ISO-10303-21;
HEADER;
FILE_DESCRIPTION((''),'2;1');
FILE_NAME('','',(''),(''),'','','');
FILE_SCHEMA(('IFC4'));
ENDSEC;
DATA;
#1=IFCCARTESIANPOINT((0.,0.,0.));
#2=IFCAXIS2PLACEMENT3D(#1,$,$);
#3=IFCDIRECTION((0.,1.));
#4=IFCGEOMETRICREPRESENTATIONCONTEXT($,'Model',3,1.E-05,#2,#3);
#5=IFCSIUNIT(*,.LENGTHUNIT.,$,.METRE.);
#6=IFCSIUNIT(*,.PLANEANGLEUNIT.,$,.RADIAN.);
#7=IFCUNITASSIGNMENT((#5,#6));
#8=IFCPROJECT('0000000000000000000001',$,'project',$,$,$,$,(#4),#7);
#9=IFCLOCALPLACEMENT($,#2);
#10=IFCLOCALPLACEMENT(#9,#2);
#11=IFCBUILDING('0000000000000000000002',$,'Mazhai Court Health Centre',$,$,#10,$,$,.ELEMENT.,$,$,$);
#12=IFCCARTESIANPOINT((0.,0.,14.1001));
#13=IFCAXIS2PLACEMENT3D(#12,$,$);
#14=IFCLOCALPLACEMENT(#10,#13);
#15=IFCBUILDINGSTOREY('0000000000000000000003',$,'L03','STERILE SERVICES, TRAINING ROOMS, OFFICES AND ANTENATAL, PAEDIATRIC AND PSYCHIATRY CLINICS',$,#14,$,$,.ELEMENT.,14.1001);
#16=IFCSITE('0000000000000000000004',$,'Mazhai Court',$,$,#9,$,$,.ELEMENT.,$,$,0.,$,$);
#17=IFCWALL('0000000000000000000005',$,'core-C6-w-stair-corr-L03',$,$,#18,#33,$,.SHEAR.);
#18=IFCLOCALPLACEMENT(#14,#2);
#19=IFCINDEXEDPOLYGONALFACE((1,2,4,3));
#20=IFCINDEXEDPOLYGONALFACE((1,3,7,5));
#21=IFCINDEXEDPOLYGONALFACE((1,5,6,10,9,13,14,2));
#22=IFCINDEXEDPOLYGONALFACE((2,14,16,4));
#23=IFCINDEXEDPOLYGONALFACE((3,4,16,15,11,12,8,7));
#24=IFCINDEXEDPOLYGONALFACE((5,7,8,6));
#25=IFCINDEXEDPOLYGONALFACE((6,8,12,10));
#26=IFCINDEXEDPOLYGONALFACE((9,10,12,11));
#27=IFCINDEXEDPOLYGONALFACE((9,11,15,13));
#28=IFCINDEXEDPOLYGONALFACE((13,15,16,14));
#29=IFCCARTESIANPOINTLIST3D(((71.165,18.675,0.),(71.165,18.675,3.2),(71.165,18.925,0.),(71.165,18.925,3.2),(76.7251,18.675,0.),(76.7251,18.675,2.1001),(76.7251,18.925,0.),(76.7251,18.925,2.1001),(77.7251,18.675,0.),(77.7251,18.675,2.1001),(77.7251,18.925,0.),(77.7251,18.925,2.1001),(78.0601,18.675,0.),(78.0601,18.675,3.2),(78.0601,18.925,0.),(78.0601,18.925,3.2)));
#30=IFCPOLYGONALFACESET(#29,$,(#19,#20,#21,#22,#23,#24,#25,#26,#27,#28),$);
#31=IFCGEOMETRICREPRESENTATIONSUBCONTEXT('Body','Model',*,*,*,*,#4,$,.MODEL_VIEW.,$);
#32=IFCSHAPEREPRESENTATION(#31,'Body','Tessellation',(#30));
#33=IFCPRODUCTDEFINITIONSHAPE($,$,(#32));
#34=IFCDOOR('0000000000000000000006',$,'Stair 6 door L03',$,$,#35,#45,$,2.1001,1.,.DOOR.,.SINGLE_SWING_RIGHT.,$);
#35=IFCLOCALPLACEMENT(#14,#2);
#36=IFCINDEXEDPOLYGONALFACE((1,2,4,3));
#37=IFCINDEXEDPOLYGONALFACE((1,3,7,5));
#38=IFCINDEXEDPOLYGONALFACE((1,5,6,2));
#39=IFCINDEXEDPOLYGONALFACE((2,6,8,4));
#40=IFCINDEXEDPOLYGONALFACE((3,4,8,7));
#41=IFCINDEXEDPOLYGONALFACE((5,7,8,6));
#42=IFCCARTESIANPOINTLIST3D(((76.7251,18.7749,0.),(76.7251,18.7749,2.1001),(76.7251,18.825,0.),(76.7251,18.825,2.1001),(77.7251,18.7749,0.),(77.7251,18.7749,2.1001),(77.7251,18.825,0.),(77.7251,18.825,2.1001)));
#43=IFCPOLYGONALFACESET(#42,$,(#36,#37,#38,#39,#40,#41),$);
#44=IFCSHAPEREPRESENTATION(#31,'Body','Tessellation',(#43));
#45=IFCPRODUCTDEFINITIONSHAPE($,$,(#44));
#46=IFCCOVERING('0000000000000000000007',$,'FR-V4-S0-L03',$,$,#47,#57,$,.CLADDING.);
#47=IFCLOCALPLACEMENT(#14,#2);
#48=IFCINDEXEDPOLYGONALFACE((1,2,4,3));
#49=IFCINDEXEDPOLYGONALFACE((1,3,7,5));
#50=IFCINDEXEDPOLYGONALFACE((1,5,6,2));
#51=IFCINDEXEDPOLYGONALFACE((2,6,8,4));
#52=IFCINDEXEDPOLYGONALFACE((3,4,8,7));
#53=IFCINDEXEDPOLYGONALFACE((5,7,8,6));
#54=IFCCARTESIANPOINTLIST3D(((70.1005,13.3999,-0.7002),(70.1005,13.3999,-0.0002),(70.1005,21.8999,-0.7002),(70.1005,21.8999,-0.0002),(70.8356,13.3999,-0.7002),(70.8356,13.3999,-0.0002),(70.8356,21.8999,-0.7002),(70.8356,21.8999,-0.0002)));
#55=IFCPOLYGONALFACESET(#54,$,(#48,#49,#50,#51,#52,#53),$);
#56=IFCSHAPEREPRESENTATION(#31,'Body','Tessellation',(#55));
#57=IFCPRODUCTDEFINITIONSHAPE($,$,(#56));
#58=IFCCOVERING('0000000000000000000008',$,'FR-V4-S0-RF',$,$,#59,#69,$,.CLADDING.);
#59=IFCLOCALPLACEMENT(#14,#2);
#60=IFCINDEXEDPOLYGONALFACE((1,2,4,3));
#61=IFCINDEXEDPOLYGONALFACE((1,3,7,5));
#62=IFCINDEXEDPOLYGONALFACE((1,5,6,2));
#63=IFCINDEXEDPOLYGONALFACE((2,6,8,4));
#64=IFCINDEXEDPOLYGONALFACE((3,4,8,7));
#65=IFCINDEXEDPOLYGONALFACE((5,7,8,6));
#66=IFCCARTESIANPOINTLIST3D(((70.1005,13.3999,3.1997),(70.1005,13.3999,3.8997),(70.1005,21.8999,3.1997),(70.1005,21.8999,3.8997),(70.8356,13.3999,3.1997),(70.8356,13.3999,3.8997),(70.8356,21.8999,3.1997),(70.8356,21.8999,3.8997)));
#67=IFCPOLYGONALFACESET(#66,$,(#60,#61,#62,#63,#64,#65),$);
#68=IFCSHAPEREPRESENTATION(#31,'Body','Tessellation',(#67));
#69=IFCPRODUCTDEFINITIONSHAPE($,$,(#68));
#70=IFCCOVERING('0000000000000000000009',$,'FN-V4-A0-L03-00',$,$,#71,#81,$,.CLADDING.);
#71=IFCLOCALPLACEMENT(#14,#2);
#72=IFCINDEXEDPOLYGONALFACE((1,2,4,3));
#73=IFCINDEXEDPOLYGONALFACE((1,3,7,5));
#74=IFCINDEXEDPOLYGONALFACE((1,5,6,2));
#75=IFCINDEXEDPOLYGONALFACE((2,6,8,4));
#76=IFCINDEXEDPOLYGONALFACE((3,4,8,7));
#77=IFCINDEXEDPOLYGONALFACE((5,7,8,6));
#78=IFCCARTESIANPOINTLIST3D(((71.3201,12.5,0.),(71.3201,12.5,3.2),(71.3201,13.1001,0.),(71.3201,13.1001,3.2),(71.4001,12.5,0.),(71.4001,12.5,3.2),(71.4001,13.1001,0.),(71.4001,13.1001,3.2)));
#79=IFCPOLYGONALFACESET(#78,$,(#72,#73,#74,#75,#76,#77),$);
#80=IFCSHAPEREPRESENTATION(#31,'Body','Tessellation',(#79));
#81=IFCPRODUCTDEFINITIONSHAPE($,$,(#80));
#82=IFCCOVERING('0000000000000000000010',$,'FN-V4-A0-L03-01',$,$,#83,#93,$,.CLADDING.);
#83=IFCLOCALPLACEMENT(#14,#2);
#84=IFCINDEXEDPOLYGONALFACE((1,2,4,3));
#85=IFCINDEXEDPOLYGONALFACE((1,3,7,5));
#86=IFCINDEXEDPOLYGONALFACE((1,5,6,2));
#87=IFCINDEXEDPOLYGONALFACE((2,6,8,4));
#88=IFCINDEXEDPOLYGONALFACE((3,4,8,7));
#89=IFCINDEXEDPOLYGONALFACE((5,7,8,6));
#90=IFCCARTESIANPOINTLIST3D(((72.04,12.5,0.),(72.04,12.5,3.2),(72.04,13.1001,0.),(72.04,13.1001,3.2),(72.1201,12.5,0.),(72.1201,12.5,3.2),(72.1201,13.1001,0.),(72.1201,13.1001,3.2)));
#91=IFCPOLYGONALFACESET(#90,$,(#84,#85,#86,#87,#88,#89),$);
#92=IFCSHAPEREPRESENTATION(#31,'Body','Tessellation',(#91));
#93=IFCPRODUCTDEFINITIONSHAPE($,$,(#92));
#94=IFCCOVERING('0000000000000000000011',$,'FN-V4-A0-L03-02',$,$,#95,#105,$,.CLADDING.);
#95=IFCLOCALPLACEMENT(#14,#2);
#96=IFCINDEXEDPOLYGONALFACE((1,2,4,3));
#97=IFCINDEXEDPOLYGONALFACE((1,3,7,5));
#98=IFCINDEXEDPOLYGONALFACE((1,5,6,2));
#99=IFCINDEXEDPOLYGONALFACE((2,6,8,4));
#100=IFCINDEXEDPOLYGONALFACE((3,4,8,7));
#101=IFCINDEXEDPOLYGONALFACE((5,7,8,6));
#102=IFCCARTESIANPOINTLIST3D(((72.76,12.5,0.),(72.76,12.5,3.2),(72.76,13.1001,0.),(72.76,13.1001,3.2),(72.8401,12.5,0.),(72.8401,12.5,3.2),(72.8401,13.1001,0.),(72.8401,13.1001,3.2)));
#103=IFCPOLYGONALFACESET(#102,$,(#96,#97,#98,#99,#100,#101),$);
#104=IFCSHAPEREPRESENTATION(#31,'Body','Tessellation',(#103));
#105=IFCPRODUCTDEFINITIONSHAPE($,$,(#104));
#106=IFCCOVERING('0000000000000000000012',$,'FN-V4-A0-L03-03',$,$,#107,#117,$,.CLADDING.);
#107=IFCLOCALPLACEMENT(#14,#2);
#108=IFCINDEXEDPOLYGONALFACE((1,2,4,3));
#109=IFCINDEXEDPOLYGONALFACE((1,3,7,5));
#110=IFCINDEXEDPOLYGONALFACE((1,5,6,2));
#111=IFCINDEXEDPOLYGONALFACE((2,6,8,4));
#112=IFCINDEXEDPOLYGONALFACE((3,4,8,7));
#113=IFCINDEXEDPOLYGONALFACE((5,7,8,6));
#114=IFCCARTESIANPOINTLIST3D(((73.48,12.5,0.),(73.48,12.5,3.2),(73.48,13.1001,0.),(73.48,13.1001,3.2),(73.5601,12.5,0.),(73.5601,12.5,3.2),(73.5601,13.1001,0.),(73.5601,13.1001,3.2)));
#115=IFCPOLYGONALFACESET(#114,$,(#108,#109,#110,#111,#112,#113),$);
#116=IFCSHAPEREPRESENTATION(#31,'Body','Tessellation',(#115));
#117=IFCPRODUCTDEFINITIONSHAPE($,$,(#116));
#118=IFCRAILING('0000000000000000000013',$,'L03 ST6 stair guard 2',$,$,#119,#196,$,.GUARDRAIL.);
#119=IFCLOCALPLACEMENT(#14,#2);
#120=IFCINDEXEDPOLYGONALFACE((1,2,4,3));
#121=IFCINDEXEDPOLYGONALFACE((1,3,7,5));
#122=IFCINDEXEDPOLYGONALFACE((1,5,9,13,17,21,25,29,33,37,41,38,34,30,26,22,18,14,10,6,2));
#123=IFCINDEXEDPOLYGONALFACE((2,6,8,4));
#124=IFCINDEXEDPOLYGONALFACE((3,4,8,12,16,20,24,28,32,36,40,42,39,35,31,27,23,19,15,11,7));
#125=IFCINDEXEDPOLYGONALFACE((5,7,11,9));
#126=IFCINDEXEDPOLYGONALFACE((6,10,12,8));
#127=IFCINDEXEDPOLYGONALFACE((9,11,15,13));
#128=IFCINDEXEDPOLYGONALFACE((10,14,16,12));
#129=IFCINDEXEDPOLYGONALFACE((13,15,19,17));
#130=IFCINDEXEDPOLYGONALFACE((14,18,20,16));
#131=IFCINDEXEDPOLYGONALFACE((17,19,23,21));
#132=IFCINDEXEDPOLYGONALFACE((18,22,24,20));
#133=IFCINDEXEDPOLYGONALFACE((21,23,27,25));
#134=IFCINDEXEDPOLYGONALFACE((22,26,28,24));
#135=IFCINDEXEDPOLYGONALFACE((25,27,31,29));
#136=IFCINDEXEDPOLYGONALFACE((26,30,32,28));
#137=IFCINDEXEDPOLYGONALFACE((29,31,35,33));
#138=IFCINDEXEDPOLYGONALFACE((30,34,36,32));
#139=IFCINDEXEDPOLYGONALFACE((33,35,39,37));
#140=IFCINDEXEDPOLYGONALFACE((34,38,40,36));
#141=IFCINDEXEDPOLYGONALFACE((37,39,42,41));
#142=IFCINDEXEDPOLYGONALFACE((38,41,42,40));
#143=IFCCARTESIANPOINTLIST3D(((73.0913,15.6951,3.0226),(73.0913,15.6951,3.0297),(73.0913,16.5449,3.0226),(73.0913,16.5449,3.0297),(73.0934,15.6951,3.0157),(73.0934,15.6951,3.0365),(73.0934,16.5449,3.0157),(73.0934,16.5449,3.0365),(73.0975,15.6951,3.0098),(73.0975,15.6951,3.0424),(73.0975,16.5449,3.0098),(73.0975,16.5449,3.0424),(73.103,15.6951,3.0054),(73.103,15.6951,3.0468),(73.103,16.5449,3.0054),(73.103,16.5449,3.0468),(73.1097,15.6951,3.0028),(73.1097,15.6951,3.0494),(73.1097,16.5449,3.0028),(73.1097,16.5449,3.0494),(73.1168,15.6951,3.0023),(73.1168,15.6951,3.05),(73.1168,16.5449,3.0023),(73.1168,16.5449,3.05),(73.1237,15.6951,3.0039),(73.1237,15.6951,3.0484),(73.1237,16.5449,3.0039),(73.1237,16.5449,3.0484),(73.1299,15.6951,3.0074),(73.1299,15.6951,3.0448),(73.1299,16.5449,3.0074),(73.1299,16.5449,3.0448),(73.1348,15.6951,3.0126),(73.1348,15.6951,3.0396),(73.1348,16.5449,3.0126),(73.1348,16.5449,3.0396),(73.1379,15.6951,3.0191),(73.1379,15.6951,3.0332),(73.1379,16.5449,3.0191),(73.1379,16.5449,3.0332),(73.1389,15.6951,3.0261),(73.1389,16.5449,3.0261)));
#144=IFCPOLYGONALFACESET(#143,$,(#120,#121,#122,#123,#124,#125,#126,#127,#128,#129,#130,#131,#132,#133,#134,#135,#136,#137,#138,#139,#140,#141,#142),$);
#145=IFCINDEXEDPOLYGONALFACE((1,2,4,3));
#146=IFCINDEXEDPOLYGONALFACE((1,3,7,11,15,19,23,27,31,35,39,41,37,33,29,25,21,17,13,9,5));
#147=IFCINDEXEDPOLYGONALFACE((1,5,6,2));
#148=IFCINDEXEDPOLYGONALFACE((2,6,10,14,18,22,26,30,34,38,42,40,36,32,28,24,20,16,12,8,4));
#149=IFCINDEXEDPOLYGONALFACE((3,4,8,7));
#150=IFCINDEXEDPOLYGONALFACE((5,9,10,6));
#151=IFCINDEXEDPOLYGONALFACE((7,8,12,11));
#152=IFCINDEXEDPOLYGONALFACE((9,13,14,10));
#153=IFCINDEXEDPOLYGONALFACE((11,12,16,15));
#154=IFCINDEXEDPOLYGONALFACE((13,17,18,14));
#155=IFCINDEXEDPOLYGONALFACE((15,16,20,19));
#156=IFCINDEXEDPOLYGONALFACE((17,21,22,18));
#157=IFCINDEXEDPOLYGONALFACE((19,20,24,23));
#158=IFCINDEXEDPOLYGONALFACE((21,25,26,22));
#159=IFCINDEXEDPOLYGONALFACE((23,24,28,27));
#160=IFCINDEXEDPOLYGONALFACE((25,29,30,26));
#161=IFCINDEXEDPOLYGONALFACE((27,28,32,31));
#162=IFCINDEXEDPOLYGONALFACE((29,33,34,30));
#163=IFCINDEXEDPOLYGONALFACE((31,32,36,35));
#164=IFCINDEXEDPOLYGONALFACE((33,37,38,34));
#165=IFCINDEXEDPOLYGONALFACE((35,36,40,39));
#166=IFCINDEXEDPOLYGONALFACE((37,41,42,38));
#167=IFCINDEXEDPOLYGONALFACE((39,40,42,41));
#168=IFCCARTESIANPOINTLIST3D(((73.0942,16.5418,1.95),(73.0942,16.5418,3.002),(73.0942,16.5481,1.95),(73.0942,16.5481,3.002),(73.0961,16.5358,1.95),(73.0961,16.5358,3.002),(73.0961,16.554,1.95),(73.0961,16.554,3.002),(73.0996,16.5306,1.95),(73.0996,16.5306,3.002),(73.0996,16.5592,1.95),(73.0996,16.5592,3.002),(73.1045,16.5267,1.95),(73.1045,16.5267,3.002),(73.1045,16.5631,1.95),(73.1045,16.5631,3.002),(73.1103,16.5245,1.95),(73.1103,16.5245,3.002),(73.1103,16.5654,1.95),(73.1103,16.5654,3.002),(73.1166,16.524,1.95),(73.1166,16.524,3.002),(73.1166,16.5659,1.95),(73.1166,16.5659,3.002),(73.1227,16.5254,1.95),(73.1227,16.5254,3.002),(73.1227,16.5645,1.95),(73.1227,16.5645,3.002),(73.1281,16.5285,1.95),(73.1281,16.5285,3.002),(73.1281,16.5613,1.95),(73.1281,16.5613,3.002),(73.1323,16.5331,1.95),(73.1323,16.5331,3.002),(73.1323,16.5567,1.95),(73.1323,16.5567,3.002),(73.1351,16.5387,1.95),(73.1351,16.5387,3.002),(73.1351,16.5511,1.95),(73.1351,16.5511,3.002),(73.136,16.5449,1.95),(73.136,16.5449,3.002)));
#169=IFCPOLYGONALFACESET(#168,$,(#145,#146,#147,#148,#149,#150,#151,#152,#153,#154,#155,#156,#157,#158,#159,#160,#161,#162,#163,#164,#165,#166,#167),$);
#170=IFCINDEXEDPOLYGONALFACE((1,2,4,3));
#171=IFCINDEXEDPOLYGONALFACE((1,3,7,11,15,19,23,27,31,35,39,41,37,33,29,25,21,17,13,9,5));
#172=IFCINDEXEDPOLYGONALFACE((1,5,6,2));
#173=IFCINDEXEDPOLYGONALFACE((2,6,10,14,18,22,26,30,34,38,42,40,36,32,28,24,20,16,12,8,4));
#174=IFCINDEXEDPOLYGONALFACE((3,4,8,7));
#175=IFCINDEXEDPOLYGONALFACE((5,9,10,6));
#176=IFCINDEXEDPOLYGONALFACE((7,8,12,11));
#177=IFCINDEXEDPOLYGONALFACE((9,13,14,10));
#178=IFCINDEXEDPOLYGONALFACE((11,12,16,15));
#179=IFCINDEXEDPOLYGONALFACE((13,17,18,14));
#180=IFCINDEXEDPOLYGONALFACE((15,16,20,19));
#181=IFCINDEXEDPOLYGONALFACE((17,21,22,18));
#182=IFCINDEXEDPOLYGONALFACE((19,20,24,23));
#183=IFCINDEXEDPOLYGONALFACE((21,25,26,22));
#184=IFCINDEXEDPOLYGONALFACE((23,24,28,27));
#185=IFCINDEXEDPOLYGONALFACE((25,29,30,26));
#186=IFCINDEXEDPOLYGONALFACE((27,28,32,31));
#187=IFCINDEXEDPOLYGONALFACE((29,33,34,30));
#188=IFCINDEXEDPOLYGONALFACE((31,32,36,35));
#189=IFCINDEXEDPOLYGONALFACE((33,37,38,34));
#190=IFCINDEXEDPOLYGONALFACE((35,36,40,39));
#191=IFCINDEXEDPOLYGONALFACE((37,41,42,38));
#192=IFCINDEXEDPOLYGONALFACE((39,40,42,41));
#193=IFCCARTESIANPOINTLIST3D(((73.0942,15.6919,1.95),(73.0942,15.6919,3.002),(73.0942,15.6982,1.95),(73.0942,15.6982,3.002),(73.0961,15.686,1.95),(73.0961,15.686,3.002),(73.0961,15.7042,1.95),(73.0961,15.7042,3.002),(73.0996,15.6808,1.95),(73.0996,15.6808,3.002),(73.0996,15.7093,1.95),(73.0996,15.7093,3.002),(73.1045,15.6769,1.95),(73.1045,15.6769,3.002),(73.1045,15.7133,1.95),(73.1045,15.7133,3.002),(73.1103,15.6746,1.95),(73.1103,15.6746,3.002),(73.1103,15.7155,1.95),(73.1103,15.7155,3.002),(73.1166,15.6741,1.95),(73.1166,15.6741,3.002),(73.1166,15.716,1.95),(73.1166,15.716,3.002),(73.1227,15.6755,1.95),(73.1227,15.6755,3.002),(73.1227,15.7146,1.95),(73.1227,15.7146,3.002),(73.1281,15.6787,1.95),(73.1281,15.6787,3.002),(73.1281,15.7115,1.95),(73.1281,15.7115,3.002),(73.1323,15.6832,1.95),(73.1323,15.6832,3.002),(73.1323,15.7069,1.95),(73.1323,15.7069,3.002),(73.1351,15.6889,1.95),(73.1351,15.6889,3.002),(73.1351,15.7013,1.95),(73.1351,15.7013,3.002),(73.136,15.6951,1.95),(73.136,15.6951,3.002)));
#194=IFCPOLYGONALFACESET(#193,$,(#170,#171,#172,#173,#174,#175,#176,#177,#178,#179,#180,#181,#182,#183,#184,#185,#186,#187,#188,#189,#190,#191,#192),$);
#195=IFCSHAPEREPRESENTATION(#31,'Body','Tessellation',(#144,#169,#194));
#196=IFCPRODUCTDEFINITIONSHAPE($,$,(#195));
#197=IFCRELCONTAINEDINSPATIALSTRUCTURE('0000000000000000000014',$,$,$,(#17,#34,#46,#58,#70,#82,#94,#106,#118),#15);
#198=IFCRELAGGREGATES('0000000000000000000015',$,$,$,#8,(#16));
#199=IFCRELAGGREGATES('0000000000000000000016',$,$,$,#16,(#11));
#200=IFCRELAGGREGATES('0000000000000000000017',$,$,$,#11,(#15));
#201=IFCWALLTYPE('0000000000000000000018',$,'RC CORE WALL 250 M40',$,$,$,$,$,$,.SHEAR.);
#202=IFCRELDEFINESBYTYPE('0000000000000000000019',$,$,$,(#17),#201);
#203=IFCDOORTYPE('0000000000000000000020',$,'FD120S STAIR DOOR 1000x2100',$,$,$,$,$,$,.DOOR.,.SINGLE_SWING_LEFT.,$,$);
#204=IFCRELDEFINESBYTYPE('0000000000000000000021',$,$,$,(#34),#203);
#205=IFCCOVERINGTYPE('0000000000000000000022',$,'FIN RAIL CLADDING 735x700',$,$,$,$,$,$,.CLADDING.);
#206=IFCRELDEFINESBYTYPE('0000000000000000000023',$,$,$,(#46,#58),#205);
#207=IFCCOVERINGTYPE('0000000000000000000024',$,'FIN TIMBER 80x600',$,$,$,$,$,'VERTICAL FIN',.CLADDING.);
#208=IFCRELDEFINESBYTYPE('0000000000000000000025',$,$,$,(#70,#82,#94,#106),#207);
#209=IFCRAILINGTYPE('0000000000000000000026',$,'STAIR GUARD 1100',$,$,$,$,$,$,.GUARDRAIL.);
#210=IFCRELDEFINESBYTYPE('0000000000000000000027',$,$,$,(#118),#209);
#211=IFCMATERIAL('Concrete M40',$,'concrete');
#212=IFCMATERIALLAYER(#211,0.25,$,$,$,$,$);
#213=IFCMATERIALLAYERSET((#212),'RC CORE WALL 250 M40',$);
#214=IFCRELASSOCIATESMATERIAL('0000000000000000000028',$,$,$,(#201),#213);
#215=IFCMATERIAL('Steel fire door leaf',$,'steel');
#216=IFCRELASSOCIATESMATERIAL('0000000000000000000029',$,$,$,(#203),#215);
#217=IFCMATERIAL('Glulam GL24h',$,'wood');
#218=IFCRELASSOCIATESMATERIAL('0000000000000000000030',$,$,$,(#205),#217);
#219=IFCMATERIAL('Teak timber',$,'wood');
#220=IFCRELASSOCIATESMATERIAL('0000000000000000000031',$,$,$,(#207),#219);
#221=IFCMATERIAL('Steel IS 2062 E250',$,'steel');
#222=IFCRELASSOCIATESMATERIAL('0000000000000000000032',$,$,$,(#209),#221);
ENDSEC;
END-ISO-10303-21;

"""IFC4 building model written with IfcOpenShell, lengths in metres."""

from ifc_helpers import new_model, si_unit, direction, frame, frame_2d, origin, origin_2d, place, context, subcontext, project, spatial, rectangle, circle, extrude, material, layer, layer_set, type_object, element, fill, save


model = new_model("IFC4")

# Units and contexts
model_context = context("Model", 3, precision=1e-05, world=origin(), true_north=direction((0.0, 1.0)))
body_context = subcontext(model_context, "Body", "Model", "MODEL_VIEW")
ifc_project = project(units=[si_unit("LENGTHUNIT", "METRE"), si_unit("PLANEANGLEUNIT", "RADIAN")], contexts=[model_context])

# Site, building, storey
site_placement = place(None, origin())
site = spatial("IfcSite", under=ifc_project, at=site_placement, Name="Mazhai Court", CompositionType="ELEMENT", RefElevation=0.0)
building_placement = place(site_placement, origin())
building = spatial("IfcBuilding", under=site, at=building_placement, Name="Mazhai Court Health Centre", CompositionType="ELEMENT")
storey_placement = place(building_placement, frame((0.0, 0.0, 14.1001)))
storey = spatial("IfcBuildingStorey", under=building, at=storey_placement, Name="L03", Description="STERILE SERVICES, TRAINING ROOMS, OFFICES AND ANTENATAL, PAEDIATRIC AND PSYCHIATRY CLINICS", CompositionType="ELEMENT", Elevation=14.1001)

# Wall, opening, door
ifc_material_1 = material(Name="Concrete M40", Category="concrete")
ifc_layer_1 = layer(ifc_material_1, 0.25)
ifc_layer_set_1 = layer_set([ifc_layer_1], Name="RC CORE WALL 250 M40")
wall_type_1 = type_object("IfcWallType", Name="RC CORE WALL 250 M40", PredefinedType="SHEAR", material=ifc_layer_set_1)
wall_1_placement = place(storey_placement, frame((71.165, 18.8, 0.0), z_axis=(0.0, 0.0, 1.0), x_axis=(1.0, 0.0, 0.0)))
wall_1 = element("IfcWall", 1, at=wall_1_placement, inside=storey, type_object=wall_type_1, Name="core-C6-w-stair-corr-L03", PredefinedType="SHEAR", context=body_context, shape_type="SweptSolid", body=[
    extrude(rectangle(XDim=6.895, YDim=0.25, at=frame_2d((3.4475, 0.0))), origin(), (0.0, 0.0, 1.0), 3.2),
])
opening_placement = place(wall_1_placement, frame((5.5601, 0.0, 0.0)))
opening = element("IfcOpeningElement", 2, at=opening_placement, cuts=wall_1, PredefinedType="OPENING", context=body_context, shape_type="SweptSolid", body=[
    extrude(rectangle(XDim=1.0, YDim=2.1001, at=frame_2d((0.5, 1.05))), frame((0.0, 0.135, 0.0), z_axis=(0.0, -1.0, 0.0), x_axis=(1.0, 0.0, 0.0)), (0.0, 0.0, 1.0), 0.27),
])
ifc_material_2 = material(Name="Steel fire door leaf", Category="steel")
door_type = type_object("IfcDoorType", Name="FD120S STAIR DOOR 1000x2100", OperationType="SINGLE_SWING_LEFT", PredefinedType="DOOR", material=ifc_material_2)
door_placement = place(opening_placement, origin())
door = element("IfcDoor", 3, at=door_placement, inside=storey, type_object=door_type, Name="Stair 6 door L03", OperationType="SINGLE_SWING_RIGHT", OverallHeight=2.1001, OverallWidth=1.0, PredefinedType="DOOR", context=body_context, shape_type="SweptSolid", body=[
    extrude(rectangle(XDim=1.0, YDim=2.1001, at=frame_2d((0.5, 1.05))), frame((0.0, 0.0249, 0.0), z_axis=(0.0, -1.0, 0.0), x_axis=(1.0, 0.0, 0.0)), (0.0, 0.0, 1.0), 0.05),
])
fill(opening, door)

# Coverings
ifc_material_3 = material(Name="Glulam GL24h", Category="wood")
covering_type_1 = type_object("IfcCoveringType", Name="FIN RAIL CLADDING 735x700", PredefinedType="CLADDING", material=ifc_material_3)
for number, where, z_axis, x_axis, name in (
    (4, (70.468, 17.6499, -0.7002), (0.0, 0.0, 1.0), (1.0, 0.0, 0.0), "FR-V4-S0-L03"),
    (5, (70.468, 17.6499, 3.1997), (0.0, 0.0, 1.0), (1.0, 0.0, 0.0), "FR-V4-S0-RF"),
):
    element("IfcCovering", number, at=place(storey_placement, frame(where, z_axis=z_axis, x_axis=x_axis)), inside=storey, type_object=covering_type_1, Name=name, PredefinedType="CLADDING", context=body_context, shape_type="SweptSolid", body=[
        extrude(rectangle(XDim=0.7351, YDim=8.5, at=origin_2d()), origin(), (0.0, 0.0, 1.0), 0.7),
    ])
ifc_material_4 = material(Name="Teak timber", Category="wood")
covering_type_2 = type_object("IfcCoveringType", Name="FIN TIMBER 80x600", ElementType="VERTICAL FIN", PredefinedType="CLADDING", material=ifc_material_4)
for number, where, z_axis, x_axis, name in (
    (6, (71.3601, 12.8, 0.0), (0.0, 0.0, 1.0), (1.0, 0.0, 0.0), "FN-V4-A0-L03-00"),
    (7, (72.0801, 12.8, 0.0), (0.0, 0.0, 1.0), (1.0, 0.0, 0.0), "FN-V4-A0-L03-01"),
    (8, (72.8, 12.8, 0.0), (0.0, 0.0, 1.0), (1.0, 0.0, 0.0), "FN-V4-A0-L03-02"),
    (9, (73.52, 12.8, 0.0), (0.0, 0.0, 1.0), (1.0, 0.0, 0.0), "FN-V4-A0-L03-03"),
):
    element("IfcCovering", number, at=place(storey_placement, frame(where, z_axis=z_axis, x_axis=x_axis)), inside=storey, type_object=covering_type_2, Name=name, PredefinedType="CLADDING", context=body_context, shape_type="SweptSolid", body=[
        extrude(rectangle(XDim=0.0801, YDim=0.6001, at=origin_2d()), origin(), (0.0, 0.0, 1.0), 3.2),
    ])

# Railing
ifc_material_5 = material(Name="Steel IS 2062 E250", Category="steel")
railing_type_1 = type_object("IfcRailingType", Name="STAIR GUARD 1100", PredefinedType="GUARDRAIL", material=ifc_material_5)
railing_1_placement = place(storey_placement, frame((73.115, 16.5449, 1.95)))
element("IfcRailing", 10, at=railing_1_placement, inside=storey, type_object=railing_type_1, Name="L03 ST6 stair guard 2", PredefinedType="GUARDRAIL", context=body_context, shape_type="SweptSolid", body=[
    extrude(circle(Radius=0.0239, at=origin_2d()), frame((0.0, 0.0, 1.0762), z_axis=(0.0, -1.0, 0.0), x_axis=(1.0, 0.0, 0.0)), (0.0, 0.0, 1.0), 0.8499),
    extrude(circle(Radius=0.021, at=origin_2d()), origin(), (0.0, 0.0, 1.0), 1.052),
    extrude(circle(Radius=0.021, at=origin_2d()), frame((0.0, -0.8499, 0.0)), (0.0, 0.0, 1.0), 1.052),
])

save(model, "model.ifc")
